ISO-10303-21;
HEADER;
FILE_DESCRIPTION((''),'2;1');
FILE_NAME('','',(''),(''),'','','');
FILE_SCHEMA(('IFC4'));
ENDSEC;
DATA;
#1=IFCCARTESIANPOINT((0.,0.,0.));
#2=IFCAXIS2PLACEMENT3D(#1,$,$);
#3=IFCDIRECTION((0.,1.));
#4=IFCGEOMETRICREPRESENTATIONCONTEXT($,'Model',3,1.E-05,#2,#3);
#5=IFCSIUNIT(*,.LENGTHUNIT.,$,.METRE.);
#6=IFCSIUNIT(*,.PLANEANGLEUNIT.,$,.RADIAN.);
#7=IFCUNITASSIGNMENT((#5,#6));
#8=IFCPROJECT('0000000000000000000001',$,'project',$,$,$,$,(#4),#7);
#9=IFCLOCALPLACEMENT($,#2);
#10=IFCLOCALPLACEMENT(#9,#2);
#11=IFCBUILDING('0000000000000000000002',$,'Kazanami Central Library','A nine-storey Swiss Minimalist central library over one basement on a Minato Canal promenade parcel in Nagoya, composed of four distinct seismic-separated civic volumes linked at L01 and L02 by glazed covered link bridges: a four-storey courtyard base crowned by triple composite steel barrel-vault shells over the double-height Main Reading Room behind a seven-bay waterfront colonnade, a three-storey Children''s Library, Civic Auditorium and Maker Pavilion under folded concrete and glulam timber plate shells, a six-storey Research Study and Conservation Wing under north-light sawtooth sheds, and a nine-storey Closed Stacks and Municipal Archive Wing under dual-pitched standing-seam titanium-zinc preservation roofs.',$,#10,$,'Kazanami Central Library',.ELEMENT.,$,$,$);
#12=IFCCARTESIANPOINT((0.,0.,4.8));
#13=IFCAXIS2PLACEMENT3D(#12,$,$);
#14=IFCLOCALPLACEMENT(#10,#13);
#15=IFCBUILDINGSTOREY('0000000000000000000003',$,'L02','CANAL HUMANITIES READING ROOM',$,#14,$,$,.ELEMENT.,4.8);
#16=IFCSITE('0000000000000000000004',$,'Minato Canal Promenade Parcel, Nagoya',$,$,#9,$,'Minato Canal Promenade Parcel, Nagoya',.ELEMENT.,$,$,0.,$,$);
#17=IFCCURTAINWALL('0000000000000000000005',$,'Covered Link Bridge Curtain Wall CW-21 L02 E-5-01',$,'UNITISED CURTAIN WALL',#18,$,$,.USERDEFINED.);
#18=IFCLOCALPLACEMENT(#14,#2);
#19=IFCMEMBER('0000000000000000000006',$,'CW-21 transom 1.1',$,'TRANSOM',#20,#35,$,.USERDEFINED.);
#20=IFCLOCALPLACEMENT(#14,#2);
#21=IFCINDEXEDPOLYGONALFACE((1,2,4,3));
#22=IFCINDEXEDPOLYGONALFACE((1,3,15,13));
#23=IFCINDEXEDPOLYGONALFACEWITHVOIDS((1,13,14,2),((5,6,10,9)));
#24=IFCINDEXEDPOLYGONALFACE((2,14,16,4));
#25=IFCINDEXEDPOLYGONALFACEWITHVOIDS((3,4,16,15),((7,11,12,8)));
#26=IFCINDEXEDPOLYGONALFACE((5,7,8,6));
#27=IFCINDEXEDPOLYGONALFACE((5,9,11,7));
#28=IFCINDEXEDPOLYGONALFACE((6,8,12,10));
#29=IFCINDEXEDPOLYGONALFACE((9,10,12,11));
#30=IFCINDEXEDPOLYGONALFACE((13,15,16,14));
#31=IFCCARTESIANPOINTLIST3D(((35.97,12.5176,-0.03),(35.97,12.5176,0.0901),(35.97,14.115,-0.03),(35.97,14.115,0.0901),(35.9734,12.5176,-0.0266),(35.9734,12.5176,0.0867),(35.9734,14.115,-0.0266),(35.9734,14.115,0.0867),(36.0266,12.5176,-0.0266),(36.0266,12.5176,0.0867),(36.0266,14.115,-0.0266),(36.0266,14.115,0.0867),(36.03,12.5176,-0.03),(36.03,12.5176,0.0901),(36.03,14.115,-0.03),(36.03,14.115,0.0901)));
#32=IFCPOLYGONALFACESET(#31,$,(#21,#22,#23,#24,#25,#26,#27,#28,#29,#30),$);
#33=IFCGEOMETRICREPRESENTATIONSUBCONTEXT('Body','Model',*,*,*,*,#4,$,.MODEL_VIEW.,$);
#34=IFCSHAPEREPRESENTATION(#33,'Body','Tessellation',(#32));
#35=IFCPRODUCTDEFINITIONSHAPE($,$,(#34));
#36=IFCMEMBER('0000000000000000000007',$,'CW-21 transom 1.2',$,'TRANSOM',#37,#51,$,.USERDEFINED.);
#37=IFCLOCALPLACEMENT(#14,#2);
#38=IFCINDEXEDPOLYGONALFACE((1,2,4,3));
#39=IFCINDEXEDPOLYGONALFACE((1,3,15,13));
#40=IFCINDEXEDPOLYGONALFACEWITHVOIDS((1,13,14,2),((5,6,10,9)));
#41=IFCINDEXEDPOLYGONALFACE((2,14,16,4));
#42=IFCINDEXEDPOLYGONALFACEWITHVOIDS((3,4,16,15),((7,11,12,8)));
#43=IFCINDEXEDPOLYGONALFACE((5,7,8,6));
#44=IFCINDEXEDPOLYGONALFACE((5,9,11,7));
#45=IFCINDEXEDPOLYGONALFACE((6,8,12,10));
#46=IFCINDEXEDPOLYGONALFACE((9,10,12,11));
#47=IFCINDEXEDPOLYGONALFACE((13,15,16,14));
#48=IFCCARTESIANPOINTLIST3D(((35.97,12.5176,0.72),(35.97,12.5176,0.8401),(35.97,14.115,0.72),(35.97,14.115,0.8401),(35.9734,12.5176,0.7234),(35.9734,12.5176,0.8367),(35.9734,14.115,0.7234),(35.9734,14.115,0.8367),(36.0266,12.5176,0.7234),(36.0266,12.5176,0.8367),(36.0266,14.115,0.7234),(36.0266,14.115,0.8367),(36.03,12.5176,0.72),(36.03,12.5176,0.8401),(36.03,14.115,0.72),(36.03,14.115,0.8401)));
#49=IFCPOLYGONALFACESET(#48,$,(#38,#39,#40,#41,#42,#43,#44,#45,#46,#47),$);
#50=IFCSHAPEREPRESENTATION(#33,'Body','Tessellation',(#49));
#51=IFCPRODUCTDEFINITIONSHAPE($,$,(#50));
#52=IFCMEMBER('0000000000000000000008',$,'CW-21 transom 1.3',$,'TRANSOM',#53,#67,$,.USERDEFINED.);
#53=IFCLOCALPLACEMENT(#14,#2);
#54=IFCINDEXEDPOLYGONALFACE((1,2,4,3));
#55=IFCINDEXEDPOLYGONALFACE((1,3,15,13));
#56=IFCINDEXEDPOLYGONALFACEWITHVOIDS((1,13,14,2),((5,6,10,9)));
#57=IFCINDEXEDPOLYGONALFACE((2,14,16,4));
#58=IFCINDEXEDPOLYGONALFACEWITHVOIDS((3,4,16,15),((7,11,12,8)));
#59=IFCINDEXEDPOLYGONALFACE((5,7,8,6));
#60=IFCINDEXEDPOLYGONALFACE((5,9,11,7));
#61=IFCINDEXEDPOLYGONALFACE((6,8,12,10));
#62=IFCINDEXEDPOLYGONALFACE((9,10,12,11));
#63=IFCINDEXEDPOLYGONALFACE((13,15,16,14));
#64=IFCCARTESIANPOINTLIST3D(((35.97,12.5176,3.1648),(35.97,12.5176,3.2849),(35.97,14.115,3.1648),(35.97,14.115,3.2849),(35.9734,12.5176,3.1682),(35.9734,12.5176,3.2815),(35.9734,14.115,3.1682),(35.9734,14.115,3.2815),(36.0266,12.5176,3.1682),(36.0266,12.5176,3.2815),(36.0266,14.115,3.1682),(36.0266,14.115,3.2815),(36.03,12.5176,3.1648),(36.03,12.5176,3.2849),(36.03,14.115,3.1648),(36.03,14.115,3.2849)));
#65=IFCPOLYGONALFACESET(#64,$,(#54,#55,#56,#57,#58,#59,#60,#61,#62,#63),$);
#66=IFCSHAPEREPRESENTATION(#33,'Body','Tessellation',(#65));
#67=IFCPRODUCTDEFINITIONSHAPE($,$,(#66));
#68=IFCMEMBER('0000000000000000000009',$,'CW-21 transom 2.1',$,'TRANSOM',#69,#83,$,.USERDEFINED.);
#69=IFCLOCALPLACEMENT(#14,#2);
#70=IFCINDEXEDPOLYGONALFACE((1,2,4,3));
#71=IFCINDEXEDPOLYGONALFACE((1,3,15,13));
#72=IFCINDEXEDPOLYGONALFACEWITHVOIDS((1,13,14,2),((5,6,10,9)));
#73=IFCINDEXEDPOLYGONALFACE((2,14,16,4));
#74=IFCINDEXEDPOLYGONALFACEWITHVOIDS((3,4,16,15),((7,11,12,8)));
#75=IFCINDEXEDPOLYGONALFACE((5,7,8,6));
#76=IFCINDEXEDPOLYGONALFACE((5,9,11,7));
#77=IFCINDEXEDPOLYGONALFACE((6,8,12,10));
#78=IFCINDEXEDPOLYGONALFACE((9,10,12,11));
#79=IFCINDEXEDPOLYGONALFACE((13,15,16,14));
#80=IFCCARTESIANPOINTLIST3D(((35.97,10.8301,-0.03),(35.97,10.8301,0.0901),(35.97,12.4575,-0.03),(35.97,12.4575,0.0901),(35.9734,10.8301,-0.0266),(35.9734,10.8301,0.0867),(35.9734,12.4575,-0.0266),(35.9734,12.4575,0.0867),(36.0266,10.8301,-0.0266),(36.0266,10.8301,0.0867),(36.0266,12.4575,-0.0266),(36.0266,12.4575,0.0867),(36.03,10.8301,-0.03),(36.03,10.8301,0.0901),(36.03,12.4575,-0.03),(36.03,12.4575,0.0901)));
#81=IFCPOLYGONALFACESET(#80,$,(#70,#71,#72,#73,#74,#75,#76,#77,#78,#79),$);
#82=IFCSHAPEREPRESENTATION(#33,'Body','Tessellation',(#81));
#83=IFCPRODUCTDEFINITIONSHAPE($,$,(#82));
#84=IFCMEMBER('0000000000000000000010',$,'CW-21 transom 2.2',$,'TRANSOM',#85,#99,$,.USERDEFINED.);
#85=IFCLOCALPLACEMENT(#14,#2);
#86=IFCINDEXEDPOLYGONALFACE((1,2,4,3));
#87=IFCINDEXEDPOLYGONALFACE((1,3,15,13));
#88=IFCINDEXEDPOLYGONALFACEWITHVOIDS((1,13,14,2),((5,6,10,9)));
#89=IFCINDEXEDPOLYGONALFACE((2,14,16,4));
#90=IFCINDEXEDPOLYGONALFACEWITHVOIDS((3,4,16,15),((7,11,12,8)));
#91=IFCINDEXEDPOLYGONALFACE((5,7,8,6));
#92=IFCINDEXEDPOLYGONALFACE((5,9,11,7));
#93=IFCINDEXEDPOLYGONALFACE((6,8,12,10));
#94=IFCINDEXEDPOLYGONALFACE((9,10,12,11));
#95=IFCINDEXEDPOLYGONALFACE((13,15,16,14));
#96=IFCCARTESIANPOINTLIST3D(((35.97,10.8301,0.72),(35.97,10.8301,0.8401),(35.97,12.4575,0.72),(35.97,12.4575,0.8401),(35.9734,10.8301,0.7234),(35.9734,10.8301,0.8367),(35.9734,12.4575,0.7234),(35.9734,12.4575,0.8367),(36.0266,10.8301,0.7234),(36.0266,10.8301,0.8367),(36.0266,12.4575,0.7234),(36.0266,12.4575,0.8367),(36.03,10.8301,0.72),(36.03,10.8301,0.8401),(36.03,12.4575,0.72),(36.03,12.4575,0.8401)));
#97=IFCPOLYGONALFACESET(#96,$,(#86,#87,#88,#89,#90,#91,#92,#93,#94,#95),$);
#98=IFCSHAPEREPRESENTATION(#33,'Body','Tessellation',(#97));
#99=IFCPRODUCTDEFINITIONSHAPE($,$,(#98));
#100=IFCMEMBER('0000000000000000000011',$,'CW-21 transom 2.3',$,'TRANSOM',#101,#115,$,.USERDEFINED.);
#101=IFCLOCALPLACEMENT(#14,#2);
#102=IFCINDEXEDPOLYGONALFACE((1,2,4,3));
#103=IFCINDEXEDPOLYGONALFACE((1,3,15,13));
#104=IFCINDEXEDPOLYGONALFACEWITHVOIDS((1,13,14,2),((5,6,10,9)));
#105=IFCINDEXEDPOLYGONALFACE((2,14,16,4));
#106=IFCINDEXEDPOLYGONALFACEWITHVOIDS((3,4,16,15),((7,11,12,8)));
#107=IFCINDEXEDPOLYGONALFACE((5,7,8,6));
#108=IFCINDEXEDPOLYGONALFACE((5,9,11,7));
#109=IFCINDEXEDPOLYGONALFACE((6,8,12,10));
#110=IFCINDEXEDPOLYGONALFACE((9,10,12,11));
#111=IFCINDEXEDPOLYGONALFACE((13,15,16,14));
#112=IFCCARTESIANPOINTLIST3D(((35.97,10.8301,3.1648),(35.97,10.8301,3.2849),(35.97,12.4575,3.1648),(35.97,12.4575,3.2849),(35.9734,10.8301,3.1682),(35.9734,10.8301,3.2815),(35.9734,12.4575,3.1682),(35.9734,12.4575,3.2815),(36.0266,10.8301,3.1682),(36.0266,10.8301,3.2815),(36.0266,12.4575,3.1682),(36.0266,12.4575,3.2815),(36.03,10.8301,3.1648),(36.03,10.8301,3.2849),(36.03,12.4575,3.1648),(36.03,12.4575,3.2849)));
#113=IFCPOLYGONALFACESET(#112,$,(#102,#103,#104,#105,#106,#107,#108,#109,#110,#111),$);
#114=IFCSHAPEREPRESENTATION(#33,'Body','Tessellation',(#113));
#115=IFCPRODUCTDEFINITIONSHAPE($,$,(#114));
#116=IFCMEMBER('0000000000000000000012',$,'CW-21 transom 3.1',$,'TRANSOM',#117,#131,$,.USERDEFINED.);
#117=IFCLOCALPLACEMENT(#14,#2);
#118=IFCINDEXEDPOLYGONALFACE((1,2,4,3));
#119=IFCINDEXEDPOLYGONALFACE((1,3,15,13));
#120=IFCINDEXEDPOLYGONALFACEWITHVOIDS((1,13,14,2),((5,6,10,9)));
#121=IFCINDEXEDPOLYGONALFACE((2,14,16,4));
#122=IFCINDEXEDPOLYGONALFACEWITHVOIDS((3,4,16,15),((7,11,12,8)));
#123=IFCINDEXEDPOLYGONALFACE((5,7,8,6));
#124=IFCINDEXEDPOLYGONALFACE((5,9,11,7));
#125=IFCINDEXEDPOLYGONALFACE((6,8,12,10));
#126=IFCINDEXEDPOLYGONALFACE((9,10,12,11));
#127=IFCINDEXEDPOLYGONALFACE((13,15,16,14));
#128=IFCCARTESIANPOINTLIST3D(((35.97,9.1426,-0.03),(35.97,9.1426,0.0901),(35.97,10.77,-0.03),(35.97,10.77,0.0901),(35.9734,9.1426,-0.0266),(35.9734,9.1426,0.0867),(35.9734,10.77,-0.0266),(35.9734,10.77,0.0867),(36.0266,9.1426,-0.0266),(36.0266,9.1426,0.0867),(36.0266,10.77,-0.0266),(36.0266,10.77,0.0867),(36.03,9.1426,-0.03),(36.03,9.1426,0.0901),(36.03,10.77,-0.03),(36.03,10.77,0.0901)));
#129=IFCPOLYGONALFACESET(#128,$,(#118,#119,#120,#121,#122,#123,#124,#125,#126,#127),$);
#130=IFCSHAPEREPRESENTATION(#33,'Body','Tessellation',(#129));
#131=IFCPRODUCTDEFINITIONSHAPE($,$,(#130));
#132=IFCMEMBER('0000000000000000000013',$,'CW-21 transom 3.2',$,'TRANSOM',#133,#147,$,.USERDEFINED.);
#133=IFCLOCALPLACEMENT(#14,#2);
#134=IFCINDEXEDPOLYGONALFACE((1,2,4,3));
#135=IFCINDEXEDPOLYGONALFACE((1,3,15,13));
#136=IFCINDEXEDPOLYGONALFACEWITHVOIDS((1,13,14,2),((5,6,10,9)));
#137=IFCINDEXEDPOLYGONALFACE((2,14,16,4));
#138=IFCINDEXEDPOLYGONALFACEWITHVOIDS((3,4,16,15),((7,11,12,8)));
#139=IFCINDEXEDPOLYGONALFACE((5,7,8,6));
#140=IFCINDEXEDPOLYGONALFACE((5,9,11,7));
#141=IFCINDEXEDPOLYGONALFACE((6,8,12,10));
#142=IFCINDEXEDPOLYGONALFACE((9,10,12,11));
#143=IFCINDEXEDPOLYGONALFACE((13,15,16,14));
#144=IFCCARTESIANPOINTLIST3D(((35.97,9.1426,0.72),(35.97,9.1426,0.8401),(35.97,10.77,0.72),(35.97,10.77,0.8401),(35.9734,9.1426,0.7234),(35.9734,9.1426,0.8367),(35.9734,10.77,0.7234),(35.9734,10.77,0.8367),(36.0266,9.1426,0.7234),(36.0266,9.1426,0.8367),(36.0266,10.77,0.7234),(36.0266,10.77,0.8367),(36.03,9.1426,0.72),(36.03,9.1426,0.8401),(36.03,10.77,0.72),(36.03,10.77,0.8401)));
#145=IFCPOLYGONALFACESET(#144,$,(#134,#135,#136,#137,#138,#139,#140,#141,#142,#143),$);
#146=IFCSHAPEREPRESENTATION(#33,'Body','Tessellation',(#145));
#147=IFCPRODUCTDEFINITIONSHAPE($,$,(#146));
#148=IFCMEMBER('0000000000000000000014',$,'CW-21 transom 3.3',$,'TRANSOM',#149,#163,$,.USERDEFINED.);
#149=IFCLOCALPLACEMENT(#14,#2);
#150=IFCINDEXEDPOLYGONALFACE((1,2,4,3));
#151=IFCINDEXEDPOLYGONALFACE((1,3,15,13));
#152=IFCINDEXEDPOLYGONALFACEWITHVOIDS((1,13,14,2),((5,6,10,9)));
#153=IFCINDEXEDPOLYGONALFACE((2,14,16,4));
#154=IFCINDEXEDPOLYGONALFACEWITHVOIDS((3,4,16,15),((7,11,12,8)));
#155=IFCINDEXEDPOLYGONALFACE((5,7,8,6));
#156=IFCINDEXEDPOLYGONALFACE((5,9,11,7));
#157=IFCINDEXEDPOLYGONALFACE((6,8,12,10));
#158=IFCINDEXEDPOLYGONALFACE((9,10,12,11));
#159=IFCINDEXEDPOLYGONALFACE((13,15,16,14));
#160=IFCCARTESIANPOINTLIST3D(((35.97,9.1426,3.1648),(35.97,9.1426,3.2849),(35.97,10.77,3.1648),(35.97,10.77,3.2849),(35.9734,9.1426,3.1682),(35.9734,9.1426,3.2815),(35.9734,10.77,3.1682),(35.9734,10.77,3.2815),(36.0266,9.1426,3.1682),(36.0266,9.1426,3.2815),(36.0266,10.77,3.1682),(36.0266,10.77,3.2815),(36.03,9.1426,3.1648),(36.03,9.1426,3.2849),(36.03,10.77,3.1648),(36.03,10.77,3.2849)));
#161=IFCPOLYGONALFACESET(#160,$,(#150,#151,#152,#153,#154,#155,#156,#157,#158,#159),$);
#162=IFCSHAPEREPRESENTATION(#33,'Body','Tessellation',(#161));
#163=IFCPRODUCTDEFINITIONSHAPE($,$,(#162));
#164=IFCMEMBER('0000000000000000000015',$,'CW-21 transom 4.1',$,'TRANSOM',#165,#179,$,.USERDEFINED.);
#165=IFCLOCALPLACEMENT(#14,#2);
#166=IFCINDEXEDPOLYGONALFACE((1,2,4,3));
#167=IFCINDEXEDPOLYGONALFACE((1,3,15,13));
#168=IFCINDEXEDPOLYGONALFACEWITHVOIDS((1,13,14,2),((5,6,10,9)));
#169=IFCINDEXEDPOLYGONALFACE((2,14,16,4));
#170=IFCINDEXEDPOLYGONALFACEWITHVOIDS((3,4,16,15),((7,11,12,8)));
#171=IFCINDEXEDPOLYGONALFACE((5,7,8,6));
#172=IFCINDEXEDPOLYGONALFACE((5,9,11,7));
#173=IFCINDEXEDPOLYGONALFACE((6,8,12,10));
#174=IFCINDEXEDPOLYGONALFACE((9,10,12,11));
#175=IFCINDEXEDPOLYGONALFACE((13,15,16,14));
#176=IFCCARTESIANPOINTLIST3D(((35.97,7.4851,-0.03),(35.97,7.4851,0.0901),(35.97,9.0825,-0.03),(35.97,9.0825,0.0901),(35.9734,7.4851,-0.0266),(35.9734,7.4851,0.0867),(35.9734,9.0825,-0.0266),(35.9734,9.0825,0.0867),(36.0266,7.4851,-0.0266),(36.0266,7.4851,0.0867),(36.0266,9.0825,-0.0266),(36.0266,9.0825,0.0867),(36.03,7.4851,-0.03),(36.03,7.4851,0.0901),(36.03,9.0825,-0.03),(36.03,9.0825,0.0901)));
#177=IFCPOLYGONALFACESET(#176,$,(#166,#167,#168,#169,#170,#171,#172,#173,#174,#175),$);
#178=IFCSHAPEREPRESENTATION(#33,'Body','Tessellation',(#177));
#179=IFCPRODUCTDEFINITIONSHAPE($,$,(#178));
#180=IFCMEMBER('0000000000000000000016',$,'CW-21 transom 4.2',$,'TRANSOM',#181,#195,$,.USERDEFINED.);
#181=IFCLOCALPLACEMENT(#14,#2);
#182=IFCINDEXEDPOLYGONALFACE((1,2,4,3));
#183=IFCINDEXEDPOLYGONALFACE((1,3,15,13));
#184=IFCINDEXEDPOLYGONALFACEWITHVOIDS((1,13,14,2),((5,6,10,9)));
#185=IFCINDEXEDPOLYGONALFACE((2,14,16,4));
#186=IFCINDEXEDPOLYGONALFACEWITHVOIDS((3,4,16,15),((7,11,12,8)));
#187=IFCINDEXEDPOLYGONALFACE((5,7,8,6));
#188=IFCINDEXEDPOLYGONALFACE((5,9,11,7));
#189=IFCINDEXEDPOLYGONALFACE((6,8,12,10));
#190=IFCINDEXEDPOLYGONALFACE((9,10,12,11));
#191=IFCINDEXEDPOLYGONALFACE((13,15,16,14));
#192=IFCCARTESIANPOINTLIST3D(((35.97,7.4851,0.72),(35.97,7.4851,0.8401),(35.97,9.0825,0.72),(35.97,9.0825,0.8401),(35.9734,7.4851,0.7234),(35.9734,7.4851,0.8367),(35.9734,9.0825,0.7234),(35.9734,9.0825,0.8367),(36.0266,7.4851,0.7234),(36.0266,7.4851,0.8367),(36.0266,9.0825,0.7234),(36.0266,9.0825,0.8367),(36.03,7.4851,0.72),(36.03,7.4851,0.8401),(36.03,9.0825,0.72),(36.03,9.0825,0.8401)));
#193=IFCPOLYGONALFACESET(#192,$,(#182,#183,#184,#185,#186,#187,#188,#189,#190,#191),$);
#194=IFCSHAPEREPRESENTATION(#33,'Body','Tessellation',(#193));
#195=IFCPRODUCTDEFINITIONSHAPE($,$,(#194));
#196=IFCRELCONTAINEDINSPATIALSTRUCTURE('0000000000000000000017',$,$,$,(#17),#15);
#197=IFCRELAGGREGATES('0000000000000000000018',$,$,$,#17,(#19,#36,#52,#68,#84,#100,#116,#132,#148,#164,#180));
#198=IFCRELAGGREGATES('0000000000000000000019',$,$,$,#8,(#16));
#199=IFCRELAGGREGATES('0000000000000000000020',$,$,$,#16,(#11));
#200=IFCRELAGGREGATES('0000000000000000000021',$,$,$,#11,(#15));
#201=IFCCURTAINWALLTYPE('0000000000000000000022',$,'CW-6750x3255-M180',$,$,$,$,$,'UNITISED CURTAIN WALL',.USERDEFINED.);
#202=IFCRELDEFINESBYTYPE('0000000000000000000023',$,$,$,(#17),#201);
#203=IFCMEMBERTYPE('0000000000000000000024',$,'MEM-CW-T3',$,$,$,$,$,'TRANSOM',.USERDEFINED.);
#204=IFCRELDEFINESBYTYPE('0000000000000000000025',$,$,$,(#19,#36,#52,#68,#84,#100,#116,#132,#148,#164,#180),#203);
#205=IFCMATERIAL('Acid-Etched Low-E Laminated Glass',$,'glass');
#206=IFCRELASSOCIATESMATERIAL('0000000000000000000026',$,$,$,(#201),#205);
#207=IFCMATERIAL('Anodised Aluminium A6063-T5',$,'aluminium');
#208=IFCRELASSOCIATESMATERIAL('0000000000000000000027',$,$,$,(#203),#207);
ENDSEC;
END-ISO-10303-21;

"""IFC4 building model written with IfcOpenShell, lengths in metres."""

from ifc_helpers import new_model, si_unit, direction, frame, origin, origin_2d, place, context, subcontext, project, spatial, hollow_rectangle, extrude, material, material_profile, profile_set, type_object, element, aggregate, save


model = new_model("IFC4")

# Units and contexts
model_context = context("Model", 3, precision=1e-05, world=origin(), true_north=direction((0.0, 1.0)))
body_context = subcontext(model_context, "Body", "Model", "MODEL_VIEW")
ifc_project = project(units=[si_unit("LENGTHUNIT", "METRE"), si_unit("PLANEANGLEUNIT", "RADIAN")], contexts=[model_context])

# Site, building, storey
site_placement = place(None, origin())
site = spatial("IfcSite", under=ifc_project, at=site_placement, Name="Minato Canal Promenade Parcel, Nagoya", LongName="Minato Canal Promenade Parcel, Nagoya", CompositionType="ELEMENT", RefElevation=0.0)
building_placement = place(site_placement, origin())
building = spatial("IfcBuilding", under=site, at=building_placement, Name="Kazanami Central Library", Description="A nine-storey Swiss Minimalist central library over one basement on a Minato Canal promenade parcel in Nagoya, composed of four distinct seismic-separated civic volumes linked at L01 and L02 by glazed covered link bridges: a four-storey courtyard base crowned by triple composite steel barrel-vault shells over the double-height Main Reading Room behind a seven-bay waterfront colonnade, a three-storey Children's Library, Civic Auditorium and Maker Pavilion under folded concrete and glulam timber plate shells, a six-storey Research Study and Conservation Wing under north-light sawtooth sheds, and a nine-storey Closed Stacks and Municipal Archive Wing under dual-pitched standing-seam titanium-zinc preservation roofs.", LongName="Kazanami Central Library", CompositionType="ELEMENT")
storey_placement = place(building_placement, frame((0.0, 0.0, 4.8)))
storey = spatial("IfcBuildingStorey", under=building, at=storey_placement, Name="L02", Description="CANAL HUMANITIES READING ROOM", CompositionType="ELEMENT", Elevation=4.8)

# Curtain wall
ifc_material_1 = material(Name="Acid-Etched Low-E Laminated Glass", Category="glass")
curtain_wall_type = type_object("IfcCurtainWallType", Name="CW-6750x3255-M180", ElementType="UNITISED CURTAIN WALL", PredefinedType="USERDEFINED", material=ifc_material_1)
curtain_wall_1_placement = place(storey_placement, origin())
curtain_wall_1 = element("IfcCurtainWall", 1, at=curtain_wall_1_placement, inside=storey, type_object=curtain_wall_type, Name="Covered Link Bridge Curtain Wall CW-21 L02 E-5-01", ObjectType="UNITISED CURTAIN WALL", PredefinedType="USERDEFINED")
ifc_material_2 = material(Name="Anodised Aluminium A6063-T5", Category="aluminium")

# Members
ifc_material_profile_1 = material_profile(ifc_material_2, hollow_rectangle(XDim=0.0601, YDim=0.1201, WallThickness=0.0034, at=origin_2d()), Name="ALU-TRAN-60x120x3.5")
ifc_profile_set_1 = profile_set([ifc_material_profile_1], Name="Anodised Aluminium A6063-T5")
member_type_1 = type_object("IfcMemberType", Name="MEM-CW-T3", ElementType="TRANSOM", PredefinedType="USERDEFINED", material=ifc_profile_set_1)
member_1_placement = place(storey_placement, frame((36.0, 14.115, 0.03), z_axis=(0.0, -1.0, 0.0), x_axis=(1.0, 0.0, 0.0)))
member_1 = element("IfcMember", 2, at=member_1_placement, type_object=member_type_1, Name="CW-21 transom 1.1", ObjectType="TRANSOM", PredefinedType="USERDEFINED", context=body_context, shape_type="SweptSolid", body=[
    extrude(hollow_rectangle(XDim=0.0601, YDim=0.1201, WallThickness=0.0034, at=origin_2d()), origin(), (0.0, 0.0, 1.0), 1.5974),
])
member_2_placement = place(storey_placement, frame((36.0, 14.115, 0.78), z_axis=(0.0, -1.0, 0.0), x_axis=(1.0, 0.0, 0.0)))
member_2 = element("IfcMember", 3, at=member_2_placement, type_object=member_type_1, Name="CW-21 transom 1.2", ObjectType="TRANSOM", PredefinedType="USERDEFINED", context=body_context, shape_type="SweptSolid", body=[
    extrude(hollow_rectangle(XDim=0.0601, YDim=0.1201, WallThickness=0.0034, at=origin_2d()), origin(), (0.0, 0.0, 1.0), 1.5974),
])
member_3_placement = place(storey_placement, frame((36.0, 14.115, 3.2249), z_axis=(0.0, -1.0, 0.0), x_axis=(1.0, 0.0, 0.0)))
member_3 = element("IfcMember", 4, at=member_3_placement, type_object=member_type_1, Name="CW-21 transom 1.3", ObjectType="TRANSOM", PredefinedType="USERDEFINED", context=body_context, shape_type="SweptSolid", body=[
    extrude(hollow_rectangle(XDim=0.0601, YDim=0.1201, WallThickness=0.0034, at=origin_2d()), origin(), (0.0, 0.0, 1.0), 1.5974),
])
member_4_placement = place(storey_placement, frame((36.0, 12.4575, 0.03), z_axis=(0.0, -1.0, 0.0), x_axis=(1.0, 0.0, 0.0)))
member_4 = element("IfcMember", 5, at=member_4_placement, type_object=member_type_1, Name="CW-21 transom 2.1", ObjectType="TRANSOM", PredefinedType="USERDEFINED", context=body_context, shape_type="SweptSolid", body=[
    extrude(hollow_rectangle(XDim=0.0601, YDim=0.1201, WallThickness=0.0034, at=origin_2d()), origin(), (0.0, 0.0, 1.0), 1.6274),
])
member_5_placement = place(storey_placement, frame((36.0, 12.4575, 0.78), z_axis=(0.0, -1.0, 0.0), x_axis=(1.0, 0.0, 0.0)))
member_5 = element("IfcMember", 6, at=member_5_placement, type_object=member_type_1, Name="CW-21 transom 2.2", ObjectType="TRANSOM", PredefinedType="USERDEFINED", context=body_context, shape_type="SweptSolid", body=[
    extrude(hollow_rectangle(XDim=0.0601, YDim=0.1201, WallThickness=0.0034, at=origin_2d()), origin(), (0.0, 0.0, 1.0), 1.6274),
])
member_6_placement = place(storey_placement, frame((36.0, 12.4575, 3.2249), z_axis=(0.0, -1.0, 0.0), x_axis=(1.0, 0.0, 0.0)))
member_6 = element("IfcMember", 7, at=member_6_placement, type_object=member_type_1, Name="CW-21 transom 2.3", ObjectType="TRANSOM", PredefinedType="USERDEFINED", context=body_context, shape_type="SweptSolid", body=[
    extrude(hollow_rectangle(XDim=0.0601, YDim=0.1201, WallThickness=0.0034, at=origin_2d()), origin(), (0.0, 0.0, 1.0), 1.6274),
])
member_7_placement = place(storey_placement, frame((36.0, 10.77, 0.03), z_axis=(0.0, -1.0, 0.0), x_axis=(1.0, 0.0, 0.0)))
member_7 = element("IfcMember", 8, at=member_7_placement, type_object=member_type_1, Name="CW-21 transom 3.1", ObjectType="TRANSOM", PredefinedType="USERDEFINED", context=body_context, shape_type="SweptSolid", body=[
    extrude(hollow_rectangle(XDim=0.0601, YDim=0.1201, WallThickness=0.0034, at=origin_2d()), origin(), (0.0, 0.0, 1.0), 1.6274),
])
member_8_placement = place(storey_placement, frame((36.0, 10.77, 0.78), z_axis=(0.0, -1.0, 0.0), x_axis=(1.0, 0.0, 0.0)))
member_8 = element("IfcMember", 9, at=member_8_placement, type_object=member_type_1, Name="CW-21 transom 3.2", ObjectType="TRANSOM", PredefinedType="USERDEFINED", context=body_context, shape_type="SweptSolid", body=[
    extrude(hollow_rectangle(XDim=0.0601, YDim=0.1201, WallThickness=0.0034, at=origin_2d()), origin(), (0.0, 0.0, 1.0), 1.6274),
])
member_9_placement = place(storey_placement, frame((36.0, 10.77, 3.2249), z_axis=(0.0, -1.0, 0.0), x_axis=(1.0, 0.0, 0.0)))
member_9 = element("IfcMember", 10, at=member_9_placement, type_object=member_type_1, Name="CW-21 transom 3.3", ObjectType="TRANSOM", PredefinedType="USERDEFINED", context=body_context, shape_type="SweptSolid", body=[
    extrude(hollow_rectangle(XDim=0.0601, YDim=0.1201, WallThickness=0.0034, at=origin_2d()), origin(), (0.0, 0.0, 1.0), 1.6274),
])
member_10_placement = place(storey_placement, frame((36.0, 9.0825, 0.03), z_axis=(0.0, -1.0, 0.0), x_axis=(1.0, 0.0, 0.0)))
member_10 = element("IfcMember", 11, at=member_10_placement, type_object=member_type_1, Name="CW-21 transom 4.1", ObjectType="TRANSOM", PredefinedType="USERDEFINED", context=body_context, shape_type="SweptSolid", body=[
    extrude(hollow_rectangle(XDim=0.0601, YDim=0.1201, WallThickness=0.0034, at=origin_2d()), origin(), (0.0, 0.0, 1.0), 1.5974),
])
member_11_placement = place(storey_placement, frame((36.0, 9.0825, 0.78), z_axis=(0.0, -1.0, 0.0), x_axis=(1.0, 0.0, 0.0)))
member_11 = element("IfcMember", 12, at=member_11_placement, type_object=member_type_1, Name="CW-21 transom 4.2", ObjectType="TRANSOM", PredefinedType="USERDEFINED", context=body_context, shape_type="SweptSolid", body=[
    extrude(hollow_rectangle(XDim=0.0601, YDim=0.1201, WallThickness=0.0034, at=origin_2d()), origin(), (0.0, 0.0, 1.0), 1.5974),
])

aggregate(curtain_wall_1, [member_1, member_2, member_3, member_4, member_5, member_6, member_7, member_8, member_9, member_10, member_11])

save(model, "model.ifc")
